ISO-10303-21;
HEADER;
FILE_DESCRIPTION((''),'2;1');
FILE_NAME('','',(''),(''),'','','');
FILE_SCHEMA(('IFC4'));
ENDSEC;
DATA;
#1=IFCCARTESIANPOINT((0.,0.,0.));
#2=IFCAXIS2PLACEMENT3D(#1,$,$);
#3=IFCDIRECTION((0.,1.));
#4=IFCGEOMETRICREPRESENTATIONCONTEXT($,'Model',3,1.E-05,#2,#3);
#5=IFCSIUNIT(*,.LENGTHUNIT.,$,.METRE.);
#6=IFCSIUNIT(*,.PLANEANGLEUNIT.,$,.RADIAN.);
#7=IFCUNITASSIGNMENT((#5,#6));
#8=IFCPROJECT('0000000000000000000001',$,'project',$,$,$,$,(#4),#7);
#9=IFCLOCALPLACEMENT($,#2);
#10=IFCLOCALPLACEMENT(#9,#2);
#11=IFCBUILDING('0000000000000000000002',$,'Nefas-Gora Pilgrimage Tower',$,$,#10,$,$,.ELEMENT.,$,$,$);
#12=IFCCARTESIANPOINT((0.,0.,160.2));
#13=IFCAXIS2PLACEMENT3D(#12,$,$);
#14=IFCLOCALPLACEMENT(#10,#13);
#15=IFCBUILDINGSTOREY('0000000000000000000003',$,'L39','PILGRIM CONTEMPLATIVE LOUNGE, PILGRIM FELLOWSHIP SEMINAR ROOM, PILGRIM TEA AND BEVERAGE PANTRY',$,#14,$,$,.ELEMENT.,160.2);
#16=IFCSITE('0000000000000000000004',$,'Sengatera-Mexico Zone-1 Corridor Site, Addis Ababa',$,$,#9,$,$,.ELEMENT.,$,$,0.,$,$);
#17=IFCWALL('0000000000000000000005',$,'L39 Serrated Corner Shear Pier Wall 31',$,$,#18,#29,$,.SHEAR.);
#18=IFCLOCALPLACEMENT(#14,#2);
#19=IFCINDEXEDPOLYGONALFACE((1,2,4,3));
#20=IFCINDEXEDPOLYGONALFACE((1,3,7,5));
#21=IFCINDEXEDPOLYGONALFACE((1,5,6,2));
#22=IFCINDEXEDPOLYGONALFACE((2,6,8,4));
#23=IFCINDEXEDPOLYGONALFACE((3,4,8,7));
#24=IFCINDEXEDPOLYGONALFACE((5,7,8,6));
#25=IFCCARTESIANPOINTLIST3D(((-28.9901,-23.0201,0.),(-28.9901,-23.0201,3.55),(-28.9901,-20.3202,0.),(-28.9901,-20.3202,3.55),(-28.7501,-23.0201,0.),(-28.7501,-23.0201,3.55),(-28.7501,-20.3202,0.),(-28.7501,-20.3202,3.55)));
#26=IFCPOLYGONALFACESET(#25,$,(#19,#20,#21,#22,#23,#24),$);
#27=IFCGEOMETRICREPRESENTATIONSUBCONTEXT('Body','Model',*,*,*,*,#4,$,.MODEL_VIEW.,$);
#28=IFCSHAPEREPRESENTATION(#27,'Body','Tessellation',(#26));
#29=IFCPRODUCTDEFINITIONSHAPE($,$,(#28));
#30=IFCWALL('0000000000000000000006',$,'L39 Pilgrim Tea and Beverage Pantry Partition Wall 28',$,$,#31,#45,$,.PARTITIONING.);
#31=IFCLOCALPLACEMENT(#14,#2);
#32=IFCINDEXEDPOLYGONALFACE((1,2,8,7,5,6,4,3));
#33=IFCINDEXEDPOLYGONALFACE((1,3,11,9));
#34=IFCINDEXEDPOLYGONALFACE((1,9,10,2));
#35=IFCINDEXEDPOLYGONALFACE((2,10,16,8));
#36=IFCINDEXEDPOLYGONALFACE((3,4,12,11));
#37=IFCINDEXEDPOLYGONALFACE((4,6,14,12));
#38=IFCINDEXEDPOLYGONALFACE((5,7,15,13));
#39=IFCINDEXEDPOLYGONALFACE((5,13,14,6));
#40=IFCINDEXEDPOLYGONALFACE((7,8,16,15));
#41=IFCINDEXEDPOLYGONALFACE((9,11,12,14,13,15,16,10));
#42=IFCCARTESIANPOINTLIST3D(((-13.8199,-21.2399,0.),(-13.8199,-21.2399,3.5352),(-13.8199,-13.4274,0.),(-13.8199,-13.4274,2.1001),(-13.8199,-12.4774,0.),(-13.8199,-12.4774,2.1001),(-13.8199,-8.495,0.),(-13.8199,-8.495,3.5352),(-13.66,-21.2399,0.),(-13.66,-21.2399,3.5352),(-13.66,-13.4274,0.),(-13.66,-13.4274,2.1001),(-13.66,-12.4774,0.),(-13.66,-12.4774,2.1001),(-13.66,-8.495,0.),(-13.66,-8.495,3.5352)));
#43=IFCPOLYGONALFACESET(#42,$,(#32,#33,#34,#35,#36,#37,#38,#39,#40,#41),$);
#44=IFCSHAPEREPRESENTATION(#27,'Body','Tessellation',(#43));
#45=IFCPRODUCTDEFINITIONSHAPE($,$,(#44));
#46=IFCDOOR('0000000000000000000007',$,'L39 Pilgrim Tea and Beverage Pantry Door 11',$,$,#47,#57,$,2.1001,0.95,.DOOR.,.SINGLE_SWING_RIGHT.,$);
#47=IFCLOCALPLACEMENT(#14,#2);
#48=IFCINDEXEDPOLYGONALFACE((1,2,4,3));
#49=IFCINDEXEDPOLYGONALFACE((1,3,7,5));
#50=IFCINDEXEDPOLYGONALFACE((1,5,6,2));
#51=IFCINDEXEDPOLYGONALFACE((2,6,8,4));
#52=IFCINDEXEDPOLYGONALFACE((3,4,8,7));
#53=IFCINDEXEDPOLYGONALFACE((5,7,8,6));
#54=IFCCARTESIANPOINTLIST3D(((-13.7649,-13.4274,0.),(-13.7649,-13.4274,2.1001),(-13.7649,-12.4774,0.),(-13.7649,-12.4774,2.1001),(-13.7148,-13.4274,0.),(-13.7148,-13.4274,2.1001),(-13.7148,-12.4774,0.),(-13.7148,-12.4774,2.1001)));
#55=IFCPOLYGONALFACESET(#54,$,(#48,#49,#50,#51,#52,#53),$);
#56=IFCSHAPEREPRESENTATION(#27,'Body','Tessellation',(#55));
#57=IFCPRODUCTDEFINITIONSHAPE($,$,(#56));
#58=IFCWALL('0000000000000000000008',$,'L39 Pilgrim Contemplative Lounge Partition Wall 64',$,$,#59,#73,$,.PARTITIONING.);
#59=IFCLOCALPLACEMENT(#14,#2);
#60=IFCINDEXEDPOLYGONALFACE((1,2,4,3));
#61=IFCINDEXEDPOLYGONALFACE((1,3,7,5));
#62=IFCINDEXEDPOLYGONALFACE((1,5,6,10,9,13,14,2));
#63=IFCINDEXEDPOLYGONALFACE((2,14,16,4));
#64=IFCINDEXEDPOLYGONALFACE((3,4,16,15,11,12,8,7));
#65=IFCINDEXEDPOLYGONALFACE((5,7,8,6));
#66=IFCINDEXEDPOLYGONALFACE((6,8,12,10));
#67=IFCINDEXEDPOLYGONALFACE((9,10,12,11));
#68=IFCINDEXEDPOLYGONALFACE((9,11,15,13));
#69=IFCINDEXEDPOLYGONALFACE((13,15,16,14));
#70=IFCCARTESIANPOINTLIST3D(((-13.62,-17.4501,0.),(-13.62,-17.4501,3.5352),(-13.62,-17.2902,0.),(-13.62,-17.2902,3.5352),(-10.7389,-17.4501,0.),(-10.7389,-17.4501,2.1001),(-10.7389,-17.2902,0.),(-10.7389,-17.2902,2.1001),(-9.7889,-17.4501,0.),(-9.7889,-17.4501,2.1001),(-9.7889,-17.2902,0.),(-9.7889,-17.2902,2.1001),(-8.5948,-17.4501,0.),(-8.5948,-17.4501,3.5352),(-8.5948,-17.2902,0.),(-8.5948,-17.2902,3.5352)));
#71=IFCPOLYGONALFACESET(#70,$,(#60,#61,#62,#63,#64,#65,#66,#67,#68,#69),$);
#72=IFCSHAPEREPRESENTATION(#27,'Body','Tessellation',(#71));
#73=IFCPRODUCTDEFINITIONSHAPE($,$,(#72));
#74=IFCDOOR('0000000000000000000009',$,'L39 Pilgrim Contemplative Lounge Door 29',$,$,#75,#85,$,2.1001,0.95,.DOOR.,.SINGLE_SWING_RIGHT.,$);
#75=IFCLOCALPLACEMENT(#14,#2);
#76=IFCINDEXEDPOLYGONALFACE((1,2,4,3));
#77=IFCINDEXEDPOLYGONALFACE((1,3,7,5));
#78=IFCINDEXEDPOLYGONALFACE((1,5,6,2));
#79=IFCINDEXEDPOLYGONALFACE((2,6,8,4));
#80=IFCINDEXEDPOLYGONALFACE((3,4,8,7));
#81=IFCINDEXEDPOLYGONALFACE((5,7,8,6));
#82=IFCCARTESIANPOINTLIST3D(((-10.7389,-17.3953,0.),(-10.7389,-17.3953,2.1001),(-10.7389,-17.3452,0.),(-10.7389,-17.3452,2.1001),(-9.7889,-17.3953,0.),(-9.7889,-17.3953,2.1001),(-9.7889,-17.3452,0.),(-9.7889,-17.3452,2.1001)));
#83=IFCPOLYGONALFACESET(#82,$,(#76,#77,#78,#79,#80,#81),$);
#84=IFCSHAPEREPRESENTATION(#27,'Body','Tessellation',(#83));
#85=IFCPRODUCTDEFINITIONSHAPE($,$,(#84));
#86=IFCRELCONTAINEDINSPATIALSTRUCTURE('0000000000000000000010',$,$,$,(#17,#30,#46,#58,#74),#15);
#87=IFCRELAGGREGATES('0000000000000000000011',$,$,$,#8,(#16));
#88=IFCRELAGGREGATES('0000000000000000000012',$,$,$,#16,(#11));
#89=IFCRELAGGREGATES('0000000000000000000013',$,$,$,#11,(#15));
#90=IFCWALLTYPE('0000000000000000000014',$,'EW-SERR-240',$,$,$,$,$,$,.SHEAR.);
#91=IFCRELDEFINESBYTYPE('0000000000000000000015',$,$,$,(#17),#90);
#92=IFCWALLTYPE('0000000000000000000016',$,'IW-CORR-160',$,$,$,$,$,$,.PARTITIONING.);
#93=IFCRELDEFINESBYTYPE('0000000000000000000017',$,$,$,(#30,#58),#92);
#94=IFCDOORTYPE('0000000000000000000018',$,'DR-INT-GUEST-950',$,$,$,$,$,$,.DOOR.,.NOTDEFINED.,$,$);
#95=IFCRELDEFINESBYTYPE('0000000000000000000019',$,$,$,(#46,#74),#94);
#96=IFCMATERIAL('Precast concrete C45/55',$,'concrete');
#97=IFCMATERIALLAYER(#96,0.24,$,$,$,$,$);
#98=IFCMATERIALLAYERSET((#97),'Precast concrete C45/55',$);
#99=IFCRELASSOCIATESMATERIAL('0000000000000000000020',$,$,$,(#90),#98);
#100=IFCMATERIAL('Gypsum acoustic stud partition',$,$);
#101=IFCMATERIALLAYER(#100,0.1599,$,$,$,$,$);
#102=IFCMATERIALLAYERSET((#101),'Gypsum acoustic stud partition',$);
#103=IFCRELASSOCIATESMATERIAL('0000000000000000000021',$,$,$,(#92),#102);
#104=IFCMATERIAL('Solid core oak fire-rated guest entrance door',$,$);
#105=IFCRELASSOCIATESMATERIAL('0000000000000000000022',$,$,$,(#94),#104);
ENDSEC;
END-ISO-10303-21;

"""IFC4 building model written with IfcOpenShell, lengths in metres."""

from ifc_helpers import new_model, si_unit, direction, frame, frame_2d, origin, place, context, subcontext, project, spatial, rectangle, extrude, source, transform, mapped, material, layer, layer_set, type_object, element, fill, save


model = new_model("IFC4")

# Units and contexts
model_context = context("Model", 3, precision=1e-05, world=origin(), true_north=direction((0.0, 1.0)))
body_context = subcontext(model_context, "Body", "Model", "MODEL_VIEW")
ifc_project = project(units=[si_unit("LENGTHUNIT", "METRE"), si_unit("PLANEANGLEUNIT", "RADIAN")], contexts=[model_context])

# Site, building, storey
site_placement = place(None, origin())
site = spatial("IfcSite", under=ifc_project, at=site_placement, Name="Sengatera-Mexico Zone-1 Corridor Site, Addis Ababa", CompositionType="ELEMENT", RefElevation=0.0)
building_placement = place(site_placement, origin())
building = spatial("IfcBuilding", under=site, at=building_placement, Name="Nefas-Gora Pilgrimage Tower", CompositionType="ELEMENT")
storey_placement = place(building_placement, frame((0.0, 0.0, 160.2)))
storey = spatial("IfcBuildingStorey", under=building, at=storey_placement, Name="L39", Description="PILGRIM CONTEMPLATIVE LOUNGE, PILGRIM FELLOWSHIP SEMINAR ROOM, PILGRIM TEA AND BEVERAGE PANTRY", CompositionType="ELEMENT", Elevation=160.2)

# Shared definitions
ifc_material_1 = material(Name="Precast concrete C45/55", Category="concrete")
ifc_layer_1 = layer(ifc_material_1, 0.24)
ifc_layer_set_1 = layer_set([ifc_layer_1], Name="Precast concrete C45/55")
wall_type_1 = type_object("IfcWallType", Name="EW-SERR-240", PredefinedType="SHEAR", material=ifc_layer_set_1)
shared_shape_1 = source(origin(), body_context, "Body", "SweptSolid", [
    extrude(rectangle(XDim=2.7, YDim=0.24, at=frame_2d((1.3501, 0.0))), origin(), (0.0, 0.0, 1.0), 3.55),
])

# Wall
for number, where, z_axis, x_axis, name in (
    (1, (-28.8701, -20.3201, 0.0), (0.0, 0.0, 1.0), (0.0, -1.0, 0.0), "L39 Serrated Corner Shear Pier Wall 31"),
):
    element("IfcWall", number, at=place(storey_placement, frame(where, z_axis=z_axis, x_axis=x_axis)), inside=storey, type_object=wall_type_1, Name=name, PredefinedType="SHEAR", context=body_context, shape_type="MappedRepresentation", body=[
        mapped(shared_shape_1, transform((0.0, 0.0, 0.0), x_axis=(1.0, 0.0, 0.0), y_axis=(0.0, 1.0, 0.0), z_axis=(0.0, 0.0, 1.0), scale=1.0)),
    ])

# Walls, openings, doors
ifc_material_2 = material(Name="Gypsum acoustic stud partition")
ifc_layer_2 = layer(ifc_material_2, 0.1599)
ifc_layer_set_2 = layer_set([ifc_layer_2], Name="Gypsum acoustic stud partition")
wall_type_2 = type_object("IfcWallType", Name="IW-CORR-160", PredefinedType="PARTITIONING", material=ifc_layer_set_2)
shared_shape_2 = source(origin(), body_context, "Body", "SweptSolid", [
    extrude(rectangle(XDim=12.7449, YDim=0.1599, at=frame_2d((6.3726, 0.0))), origin(), (0.0, 0.0, 1.0), 3.5352),
])
wall_1_placement = place(storey_placement, frame((-13.74, -21.24, 0.0), z_axis=(0.0, 0.0, 1.0), x_axis=(0.0, 1.0, 0.0)))
wall_1 = element("IfcWall", 2, at=wall_1_placement, inside=storey, type_object=wall_type_2, Name="L39 Pilgrim Tea and Beverage Pantry Partition Wall 28", PredefinedType="PARTITIONING", context=body_context, shape_type="MappedRepresentation", body=[
    mapped(shared_shape_2, transform((0.0, 0.0, 0.0), x_axis=(1.0, 0.0, 0.0), y_axis=(0.0, 1.0, 0.0), z_axis=(0.0, 0.0, 1.0), scale=1.0)),
])
opening_1_placement = place(wall_1_placement, frame((7.8125, 0.0, 0.0)))
opening_1 = element("IfcOpeningElement", 3, at=opening_1_placement, cuts=wall_1, PredefinedType="OPENING", context=body_context, shape_type="SweptSolid", body=[
    extrude(rectangle(XDim=0.95, YDim=2.1001, at=frame_2d((0.4751, 1.05))), frame((0.0, 0.0898, 0.0), z_axis=(0.0, -1.0, 0.0), x_axis=(1.0, 0.0, 0.0)), (0.0, 0.0, 1.0), 0.1799),
])
ifc_material_3 = material(Name="Solid core oak fire-rated guest entrance door")
door_type = type_object("IfcDoorType", Name="DR-INT-GUEST-950", OperationType="NOTDEFINED", PredefinedType="DOOR", material=ifc_material_3)
shared_shape_3 = source(origin(), body_context, "Body", "SweptSolid", [
    extrude(rectangle(XDim=0.95, YDim=2.1001, at=frame_2d((0.4751, 1.05))), frame((0.0, 0.0249, 0.0), z_axis=(0.0, -1.0, 0.0), x_axis=(1.0, 0.0, 0.0)), (0.0, 0.0, 1.0), 0.05),
])
door_1_placement = place(opening_1_placement, origin())
door_1 = element("IfcDoor", 4, at=door_1_placement, inside=storey, type_object=door_type, Name="L39 Pilgrim Tea and Beverage Pantry Door 11", OperationType="SINGLE_SWING_RIGHT", OverallHeight=2.1001, OverallWidth=0.95, PredefinedType="DOOR", context=body_context, shape_type="MappedRepresentation", body=[
    mapped(shared_shape_3, transform((0.0, 0.0, 0.0), x_axis=(1.0, 0.0, 0.0), y_axis=(0.0, 1.0, 0.0), z_axis=(0.0, 0.0, 1.0), scale=1.0)),
])
fill(opening_1, door_1)
shared_shape_4 = source(origin(), body_context, "Body", "SweptSolid", [
    extrude(rectangle(XDim=5.0251, YDim=0.1599, at=frame_2d((2.5127, 0.0))), origin(), (0.0, 0.0, 1.0), 3.5352),
])
wall_2_placement = place(storey_placement, frame((-13.6201, -17.3701, 0.0), z_axis=(0.0, 0.0, 1.0), x_axis=(1.0, 0.0, 0.0)))
wall_2 = element("IfcWall", 5, at=wall_2_placement, inside=storey, type_object=wall_type_2, Name="L39 Pilgrim Contemplative Lounge Partition Wall 64", PredefinedType="PARTITIONING", context=body_context, shape_type="MappedRepresentation", body=[
    mapped(shared_shape_4, transform((0.0, 0.0, 0.0), x_axis=(1.0, 0.0, 0.0), y_axis=(0.0, 1.0, 0.0), z_axis=(0.0, 0.0, 1.0), scale=1.0)),
])
opening_2_placement = place(wall_2_placement, frame((2.8811, 0.0, 0.0)))
opening_2 = element("IfcOpeningElement", 6, at=opening_2_placement, cuts=wall_2, PredefinedType="OPENING", context=body_context, shape_type="SweptSolid", body=[
    extrude(rectangle(XDim=0.95, YDim=2.1001, at=frame_2d((0.4751, 1.05))), frame((0.0, 0.0898, 0.0), z_axis=(0.0, -1.0, 0.0), x_axis=(1.0, 0.0, 0.0)), (0.0, 0.0, 1.0), 0.1799),
])
door_2_placement = place(opening_2_placement, origin())
door_2 = element("IfcDoor", 7, at=door_2_placement, inside=storey, type_object=door_type, Name="L39 Pilgrim Contemplative Lounge Door 29", OperationType="SINGLE_SWING_RIGHT", OverallHeight=2.1001, OverallWidth=0.95, PredefinedType="DOOR", context=body_context, shape_type="MappedRepresentation", body=[
    mapped(shared_shape_3, transform((0.0, 0.0, 0.0), x_axis=(1.0, 0.0, 0.0), y_axis=(0.0, 1.0, 0.0), z_axis=(0.0, 0.0, 1.0), scale=1.0)),
])
fill(opening_2, door_2)

save(model, "model.ifc")
